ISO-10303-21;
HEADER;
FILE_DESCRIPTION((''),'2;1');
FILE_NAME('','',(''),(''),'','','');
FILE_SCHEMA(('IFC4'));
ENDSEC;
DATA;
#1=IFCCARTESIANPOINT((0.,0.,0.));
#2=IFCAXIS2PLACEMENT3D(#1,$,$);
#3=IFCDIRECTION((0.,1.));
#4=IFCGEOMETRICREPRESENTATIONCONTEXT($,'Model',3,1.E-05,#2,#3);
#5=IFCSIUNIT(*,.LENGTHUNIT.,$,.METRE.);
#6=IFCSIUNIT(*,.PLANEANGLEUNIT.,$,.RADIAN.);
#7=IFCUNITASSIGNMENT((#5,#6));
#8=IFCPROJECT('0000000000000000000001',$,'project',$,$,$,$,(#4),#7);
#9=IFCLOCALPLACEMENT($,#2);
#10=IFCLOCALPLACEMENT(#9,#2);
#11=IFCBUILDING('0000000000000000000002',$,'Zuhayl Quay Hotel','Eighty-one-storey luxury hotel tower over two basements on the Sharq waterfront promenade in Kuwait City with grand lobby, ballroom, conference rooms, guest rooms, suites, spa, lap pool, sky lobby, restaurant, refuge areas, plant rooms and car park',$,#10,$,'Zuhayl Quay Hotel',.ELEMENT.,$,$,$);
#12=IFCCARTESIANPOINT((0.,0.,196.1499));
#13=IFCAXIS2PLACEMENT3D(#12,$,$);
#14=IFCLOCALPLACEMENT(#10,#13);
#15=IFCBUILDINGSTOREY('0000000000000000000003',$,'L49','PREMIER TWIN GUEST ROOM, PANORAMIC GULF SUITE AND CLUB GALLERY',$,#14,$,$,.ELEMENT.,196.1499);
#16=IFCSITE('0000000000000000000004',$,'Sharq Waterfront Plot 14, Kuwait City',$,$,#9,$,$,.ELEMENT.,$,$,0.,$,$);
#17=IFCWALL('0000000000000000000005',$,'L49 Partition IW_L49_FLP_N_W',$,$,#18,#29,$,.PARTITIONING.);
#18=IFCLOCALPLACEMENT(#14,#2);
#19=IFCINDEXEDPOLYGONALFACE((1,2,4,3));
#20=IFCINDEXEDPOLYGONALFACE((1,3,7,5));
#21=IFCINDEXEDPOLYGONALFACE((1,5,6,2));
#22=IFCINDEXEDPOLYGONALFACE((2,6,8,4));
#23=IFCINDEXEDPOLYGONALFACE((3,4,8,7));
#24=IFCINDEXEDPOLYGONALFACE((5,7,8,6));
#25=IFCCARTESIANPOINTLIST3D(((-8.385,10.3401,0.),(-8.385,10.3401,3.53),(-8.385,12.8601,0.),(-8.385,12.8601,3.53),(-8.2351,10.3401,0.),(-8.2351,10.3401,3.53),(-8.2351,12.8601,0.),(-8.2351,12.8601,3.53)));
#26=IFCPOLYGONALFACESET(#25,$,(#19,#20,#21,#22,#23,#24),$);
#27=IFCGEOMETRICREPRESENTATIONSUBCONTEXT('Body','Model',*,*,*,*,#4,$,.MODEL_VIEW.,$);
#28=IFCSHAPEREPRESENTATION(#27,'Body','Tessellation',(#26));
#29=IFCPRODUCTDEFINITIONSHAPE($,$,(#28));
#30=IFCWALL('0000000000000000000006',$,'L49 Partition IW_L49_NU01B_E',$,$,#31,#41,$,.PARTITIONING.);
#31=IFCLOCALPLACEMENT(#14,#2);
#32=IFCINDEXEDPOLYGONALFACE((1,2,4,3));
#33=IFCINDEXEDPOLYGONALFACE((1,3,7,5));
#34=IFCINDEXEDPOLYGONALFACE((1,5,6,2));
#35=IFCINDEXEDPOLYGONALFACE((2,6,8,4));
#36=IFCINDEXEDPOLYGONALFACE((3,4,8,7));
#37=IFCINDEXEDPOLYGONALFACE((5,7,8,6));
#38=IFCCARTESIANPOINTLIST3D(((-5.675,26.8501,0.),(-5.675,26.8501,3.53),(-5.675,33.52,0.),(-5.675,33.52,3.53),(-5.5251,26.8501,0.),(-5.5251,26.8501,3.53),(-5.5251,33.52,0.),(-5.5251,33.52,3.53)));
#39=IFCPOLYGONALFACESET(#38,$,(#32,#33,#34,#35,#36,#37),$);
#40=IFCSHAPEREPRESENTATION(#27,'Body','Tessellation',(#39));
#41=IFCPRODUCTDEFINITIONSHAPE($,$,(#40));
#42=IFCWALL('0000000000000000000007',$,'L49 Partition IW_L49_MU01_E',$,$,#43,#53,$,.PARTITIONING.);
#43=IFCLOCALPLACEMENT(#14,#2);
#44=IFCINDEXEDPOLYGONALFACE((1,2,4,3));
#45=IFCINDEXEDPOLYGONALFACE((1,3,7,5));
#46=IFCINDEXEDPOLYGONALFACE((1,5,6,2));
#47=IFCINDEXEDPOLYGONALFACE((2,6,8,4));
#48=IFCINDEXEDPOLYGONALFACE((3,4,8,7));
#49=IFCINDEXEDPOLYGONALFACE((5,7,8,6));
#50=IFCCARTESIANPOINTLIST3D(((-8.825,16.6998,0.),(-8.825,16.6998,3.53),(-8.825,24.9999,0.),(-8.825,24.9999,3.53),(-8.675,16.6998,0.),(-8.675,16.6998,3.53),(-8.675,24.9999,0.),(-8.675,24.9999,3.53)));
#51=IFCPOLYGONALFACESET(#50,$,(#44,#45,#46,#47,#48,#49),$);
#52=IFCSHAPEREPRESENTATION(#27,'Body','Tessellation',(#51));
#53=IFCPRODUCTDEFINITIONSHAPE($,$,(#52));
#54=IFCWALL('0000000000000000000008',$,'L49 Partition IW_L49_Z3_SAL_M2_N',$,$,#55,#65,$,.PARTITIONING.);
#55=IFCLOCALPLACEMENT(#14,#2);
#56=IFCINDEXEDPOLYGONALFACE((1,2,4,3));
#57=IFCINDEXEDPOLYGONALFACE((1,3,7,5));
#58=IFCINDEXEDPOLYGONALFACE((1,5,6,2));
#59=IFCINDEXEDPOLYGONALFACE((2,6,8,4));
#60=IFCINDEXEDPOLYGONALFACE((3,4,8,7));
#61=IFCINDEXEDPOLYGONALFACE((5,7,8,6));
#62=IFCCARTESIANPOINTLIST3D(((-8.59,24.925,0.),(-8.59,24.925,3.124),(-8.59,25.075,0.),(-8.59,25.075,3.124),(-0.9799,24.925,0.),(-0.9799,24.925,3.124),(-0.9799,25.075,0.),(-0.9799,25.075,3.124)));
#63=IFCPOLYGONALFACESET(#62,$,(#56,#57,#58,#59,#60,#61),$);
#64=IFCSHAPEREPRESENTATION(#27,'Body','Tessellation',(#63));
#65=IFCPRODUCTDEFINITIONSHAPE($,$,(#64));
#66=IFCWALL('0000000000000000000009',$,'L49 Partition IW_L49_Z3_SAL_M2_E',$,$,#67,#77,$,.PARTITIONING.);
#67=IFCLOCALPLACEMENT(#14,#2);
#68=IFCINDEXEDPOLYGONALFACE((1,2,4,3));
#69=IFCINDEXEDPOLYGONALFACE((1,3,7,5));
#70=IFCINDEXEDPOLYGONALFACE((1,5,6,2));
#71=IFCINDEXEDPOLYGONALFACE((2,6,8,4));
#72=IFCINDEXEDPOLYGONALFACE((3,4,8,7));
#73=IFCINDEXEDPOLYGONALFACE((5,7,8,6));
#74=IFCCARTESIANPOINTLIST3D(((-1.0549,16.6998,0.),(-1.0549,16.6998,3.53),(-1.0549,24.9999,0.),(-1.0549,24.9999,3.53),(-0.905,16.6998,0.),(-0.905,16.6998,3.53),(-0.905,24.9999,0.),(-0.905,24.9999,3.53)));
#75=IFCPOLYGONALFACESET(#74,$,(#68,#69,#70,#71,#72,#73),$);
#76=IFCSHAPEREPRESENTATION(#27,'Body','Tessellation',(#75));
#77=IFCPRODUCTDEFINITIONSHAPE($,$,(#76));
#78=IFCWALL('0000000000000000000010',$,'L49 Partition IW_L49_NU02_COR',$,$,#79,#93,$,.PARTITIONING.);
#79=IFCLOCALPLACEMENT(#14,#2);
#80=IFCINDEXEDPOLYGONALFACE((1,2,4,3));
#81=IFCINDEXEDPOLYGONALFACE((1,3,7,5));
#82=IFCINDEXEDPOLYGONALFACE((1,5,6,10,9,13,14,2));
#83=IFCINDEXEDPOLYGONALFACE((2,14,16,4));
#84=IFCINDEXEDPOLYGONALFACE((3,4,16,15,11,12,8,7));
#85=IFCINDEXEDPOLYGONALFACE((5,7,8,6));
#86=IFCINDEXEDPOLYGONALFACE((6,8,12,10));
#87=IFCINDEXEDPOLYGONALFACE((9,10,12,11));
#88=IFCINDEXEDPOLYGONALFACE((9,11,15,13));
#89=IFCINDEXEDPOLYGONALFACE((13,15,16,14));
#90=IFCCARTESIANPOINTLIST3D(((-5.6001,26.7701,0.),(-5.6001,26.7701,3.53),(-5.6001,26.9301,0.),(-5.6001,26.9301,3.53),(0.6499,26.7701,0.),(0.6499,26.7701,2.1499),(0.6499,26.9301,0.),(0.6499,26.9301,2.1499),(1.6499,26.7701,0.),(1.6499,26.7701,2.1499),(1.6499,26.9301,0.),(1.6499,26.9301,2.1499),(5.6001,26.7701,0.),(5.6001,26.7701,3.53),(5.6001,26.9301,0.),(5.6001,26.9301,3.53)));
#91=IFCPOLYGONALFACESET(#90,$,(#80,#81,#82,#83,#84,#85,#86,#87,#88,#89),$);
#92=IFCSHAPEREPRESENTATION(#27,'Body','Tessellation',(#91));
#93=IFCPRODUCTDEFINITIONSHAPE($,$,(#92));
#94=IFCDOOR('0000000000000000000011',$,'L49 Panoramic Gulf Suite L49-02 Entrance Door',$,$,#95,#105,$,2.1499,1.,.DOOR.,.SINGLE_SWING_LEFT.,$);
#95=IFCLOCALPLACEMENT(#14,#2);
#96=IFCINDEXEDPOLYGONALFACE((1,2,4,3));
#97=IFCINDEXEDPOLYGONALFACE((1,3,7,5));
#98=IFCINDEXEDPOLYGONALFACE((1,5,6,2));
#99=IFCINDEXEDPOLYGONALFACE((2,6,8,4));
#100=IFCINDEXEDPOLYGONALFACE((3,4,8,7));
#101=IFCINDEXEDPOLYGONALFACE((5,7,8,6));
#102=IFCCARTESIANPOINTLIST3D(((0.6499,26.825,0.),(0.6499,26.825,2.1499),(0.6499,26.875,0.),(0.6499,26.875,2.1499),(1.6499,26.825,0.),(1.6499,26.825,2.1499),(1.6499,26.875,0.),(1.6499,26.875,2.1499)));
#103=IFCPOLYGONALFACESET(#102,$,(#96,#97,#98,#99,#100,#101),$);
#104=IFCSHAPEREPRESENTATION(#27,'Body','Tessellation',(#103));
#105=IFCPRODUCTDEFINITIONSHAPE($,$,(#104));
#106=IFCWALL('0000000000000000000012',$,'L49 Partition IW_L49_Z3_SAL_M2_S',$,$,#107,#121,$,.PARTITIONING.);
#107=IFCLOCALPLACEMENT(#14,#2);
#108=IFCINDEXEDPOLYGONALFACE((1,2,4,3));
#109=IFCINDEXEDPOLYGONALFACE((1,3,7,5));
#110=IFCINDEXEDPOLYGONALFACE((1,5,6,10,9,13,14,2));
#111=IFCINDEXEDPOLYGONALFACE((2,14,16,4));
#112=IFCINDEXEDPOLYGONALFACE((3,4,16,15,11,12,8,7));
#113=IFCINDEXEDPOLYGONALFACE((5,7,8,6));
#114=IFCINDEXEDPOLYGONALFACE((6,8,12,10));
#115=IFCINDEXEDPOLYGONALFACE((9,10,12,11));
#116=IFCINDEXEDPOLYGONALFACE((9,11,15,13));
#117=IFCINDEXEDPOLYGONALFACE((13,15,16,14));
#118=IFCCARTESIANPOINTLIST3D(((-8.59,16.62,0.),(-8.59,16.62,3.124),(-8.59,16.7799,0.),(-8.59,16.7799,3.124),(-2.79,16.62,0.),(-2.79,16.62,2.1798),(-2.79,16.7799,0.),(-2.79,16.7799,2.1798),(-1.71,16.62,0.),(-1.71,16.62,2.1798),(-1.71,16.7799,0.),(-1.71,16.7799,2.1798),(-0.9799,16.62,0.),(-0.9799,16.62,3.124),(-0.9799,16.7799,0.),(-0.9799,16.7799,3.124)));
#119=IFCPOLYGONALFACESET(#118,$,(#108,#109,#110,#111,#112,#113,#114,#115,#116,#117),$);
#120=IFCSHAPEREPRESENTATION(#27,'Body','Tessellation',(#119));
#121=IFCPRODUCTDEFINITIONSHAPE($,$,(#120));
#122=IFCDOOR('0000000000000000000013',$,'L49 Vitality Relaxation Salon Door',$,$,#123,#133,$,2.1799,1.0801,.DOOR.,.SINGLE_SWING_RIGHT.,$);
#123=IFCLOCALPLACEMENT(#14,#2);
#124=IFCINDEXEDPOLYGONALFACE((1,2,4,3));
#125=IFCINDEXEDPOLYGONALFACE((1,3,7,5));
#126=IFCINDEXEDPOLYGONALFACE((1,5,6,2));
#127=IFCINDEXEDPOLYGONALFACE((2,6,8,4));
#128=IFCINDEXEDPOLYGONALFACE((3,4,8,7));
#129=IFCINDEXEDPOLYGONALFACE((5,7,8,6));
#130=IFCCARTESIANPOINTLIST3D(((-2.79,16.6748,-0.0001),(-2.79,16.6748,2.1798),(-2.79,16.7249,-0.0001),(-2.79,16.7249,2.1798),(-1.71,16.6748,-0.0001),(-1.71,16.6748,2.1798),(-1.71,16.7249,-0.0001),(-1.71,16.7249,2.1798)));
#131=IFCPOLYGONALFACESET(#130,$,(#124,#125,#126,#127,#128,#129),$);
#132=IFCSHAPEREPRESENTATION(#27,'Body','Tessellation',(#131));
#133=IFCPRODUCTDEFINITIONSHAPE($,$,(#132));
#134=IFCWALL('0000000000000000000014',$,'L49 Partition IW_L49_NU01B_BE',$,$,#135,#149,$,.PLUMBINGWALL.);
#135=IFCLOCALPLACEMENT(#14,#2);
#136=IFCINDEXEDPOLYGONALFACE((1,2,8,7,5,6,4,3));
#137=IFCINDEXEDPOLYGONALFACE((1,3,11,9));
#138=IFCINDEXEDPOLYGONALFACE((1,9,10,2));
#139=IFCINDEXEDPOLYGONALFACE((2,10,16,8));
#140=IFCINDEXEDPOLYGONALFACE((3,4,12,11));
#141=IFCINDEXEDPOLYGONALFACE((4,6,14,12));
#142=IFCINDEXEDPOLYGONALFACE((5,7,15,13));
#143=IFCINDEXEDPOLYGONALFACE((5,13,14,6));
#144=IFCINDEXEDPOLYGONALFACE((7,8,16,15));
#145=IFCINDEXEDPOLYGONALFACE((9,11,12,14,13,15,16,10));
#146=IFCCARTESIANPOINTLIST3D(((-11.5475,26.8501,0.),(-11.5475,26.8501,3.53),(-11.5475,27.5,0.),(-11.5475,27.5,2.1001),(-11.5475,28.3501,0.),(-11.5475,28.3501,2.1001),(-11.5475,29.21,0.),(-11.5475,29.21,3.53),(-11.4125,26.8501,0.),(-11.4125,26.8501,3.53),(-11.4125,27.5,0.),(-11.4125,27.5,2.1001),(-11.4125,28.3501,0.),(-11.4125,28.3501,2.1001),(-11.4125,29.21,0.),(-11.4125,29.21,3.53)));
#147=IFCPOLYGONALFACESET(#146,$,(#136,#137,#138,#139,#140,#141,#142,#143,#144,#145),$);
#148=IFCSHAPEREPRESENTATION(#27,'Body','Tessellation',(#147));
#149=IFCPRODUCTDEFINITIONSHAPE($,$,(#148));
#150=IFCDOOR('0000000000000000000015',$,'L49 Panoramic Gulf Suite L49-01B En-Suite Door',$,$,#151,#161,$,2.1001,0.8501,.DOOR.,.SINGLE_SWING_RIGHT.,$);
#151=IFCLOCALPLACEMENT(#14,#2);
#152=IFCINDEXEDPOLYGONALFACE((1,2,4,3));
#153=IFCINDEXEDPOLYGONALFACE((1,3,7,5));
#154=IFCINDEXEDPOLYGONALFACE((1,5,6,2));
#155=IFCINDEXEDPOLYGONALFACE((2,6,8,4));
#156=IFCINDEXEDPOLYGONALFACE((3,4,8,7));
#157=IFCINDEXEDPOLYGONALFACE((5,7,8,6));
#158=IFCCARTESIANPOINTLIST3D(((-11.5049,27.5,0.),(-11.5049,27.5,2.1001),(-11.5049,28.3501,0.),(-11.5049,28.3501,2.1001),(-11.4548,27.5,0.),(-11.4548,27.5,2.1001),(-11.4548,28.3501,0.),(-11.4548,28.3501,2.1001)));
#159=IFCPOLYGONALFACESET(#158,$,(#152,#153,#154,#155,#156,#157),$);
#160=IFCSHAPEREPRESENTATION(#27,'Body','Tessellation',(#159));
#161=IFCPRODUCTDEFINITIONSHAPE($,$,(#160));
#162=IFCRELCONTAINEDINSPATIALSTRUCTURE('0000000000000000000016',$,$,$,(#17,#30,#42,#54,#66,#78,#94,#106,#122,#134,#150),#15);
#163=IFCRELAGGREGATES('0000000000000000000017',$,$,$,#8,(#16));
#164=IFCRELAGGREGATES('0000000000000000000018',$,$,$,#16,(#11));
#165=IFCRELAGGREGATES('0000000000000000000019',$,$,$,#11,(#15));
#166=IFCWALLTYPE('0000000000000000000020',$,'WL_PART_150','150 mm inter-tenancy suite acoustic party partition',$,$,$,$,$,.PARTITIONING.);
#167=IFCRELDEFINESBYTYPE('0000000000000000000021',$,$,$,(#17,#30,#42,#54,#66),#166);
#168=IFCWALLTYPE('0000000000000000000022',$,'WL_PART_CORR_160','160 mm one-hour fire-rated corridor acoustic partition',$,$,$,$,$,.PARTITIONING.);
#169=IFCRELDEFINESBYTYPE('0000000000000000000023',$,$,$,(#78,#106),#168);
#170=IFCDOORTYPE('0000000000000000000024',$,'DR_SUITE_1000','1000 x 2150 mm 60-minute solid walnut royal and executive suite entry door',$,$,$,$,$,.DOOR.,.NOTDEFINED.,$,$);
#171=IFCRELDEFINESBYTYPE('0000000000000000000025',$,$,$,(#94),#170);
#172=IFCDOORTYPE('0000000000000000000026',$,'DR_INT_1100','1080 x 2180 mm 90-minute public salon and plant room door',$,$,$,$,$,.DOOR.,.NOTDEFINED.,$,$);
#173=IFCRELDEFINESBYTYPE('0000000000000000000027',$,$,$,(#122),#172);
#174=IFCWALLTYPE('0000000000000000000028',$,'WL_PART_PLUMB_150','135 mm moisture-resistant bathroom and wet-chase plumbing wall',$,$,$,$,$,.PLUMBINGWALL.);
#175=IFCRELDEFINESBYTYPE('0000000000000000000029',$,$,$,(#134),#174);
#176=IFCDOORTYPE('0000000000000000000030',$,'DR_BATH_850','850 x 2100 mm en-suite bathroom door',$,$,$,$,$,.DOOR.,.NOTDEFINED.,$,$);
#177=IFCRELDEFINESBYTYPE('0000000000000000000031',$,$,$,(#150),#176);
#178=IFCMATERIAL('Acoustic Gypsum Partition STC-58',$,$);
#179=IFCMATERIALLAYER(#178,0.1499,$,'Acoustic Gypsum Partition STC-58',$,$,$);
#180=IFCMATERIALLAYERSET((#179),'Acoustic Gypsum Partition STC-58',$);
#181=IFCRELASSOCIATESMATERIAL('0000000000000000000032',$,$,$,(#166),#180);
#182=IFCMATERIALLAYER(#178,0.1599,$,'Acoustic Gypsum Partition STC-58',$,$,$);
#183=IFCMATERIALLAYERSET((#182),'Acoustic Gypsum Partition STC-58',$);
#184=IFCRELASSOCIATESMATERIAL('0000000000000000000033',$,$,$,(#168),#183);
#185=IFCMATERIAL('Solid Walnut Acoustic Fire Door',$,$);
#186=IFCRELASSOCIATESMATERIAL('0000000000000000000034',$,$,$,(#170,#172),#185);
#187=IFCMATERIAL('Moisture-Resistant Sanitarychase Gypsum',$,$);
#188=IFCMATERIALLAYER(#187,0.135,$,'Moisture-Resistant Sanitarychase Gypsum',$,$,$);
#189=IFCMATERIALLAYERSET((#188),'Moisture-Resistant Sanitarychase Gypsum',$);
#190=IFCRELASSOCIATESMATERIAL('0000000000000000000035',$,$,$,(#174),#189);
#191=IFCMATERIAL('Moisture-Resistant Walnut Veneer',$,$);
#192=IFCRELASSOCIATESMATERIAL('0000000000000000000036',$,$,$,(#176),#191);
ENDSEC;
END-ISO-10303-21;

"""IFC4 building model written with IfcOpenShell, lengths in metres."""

from ifc_helpers import new_model, si_unit, direction, frame, frame_2d, origin, place, context, subcontext, project, spatial, rectangle, extrude, material, layer, layer_set, type_object, element, fill, save


model = new_model("IFC4")

# Units and contexts
model_context = context("Model", 3, precision=1e-05, world=origin(), true_north=direction((0.0, 1.0)))
body_context = subcontext(model_context, "Body", "Model", "MODEL_VIEW")
ifc_project = project(units=[si_unit("LENGTHUNIT", "METRE"), si_unit("PLANEANGLEUNIT", "RADIAN")], contexts=[model_context])

# Site, building, storey
site_placement = place(None, origin())
site = spatial("IfcSite", under=ifc_project, at=site_placement, Name="Sharq Waterfront Plot 14, Kuwait City", CompositionType="ELEMENT", RefElevation=0.0)
building_placement = place(site_placement, origin())
building = spatial("IfcBuilding", under=site, at=building_placement, Name="Zuhayl Quay Hotel", Description="Eighty-one-storey luxury hotel tower over two basements on the Sharq waterfront promenade in Kuwait City with grand lobby, ballroom, conference rooms, guest rooms, suites, spa, lap pool, sky lobby, restaurant, refuge areas, plant rooms and car park", LongName="Zuhayl Quay Hotel", CompositionType="ELEMENT")
storey_placement = place(building_placement, frame((0.0, 0.0, 196.1499)))
storey = spatial("IfcBuildingStorey", under=building, at=storey_placement, Name="L49", Description="PREMIER TWIN GUEST ROOM, PANORAMIC GULF SUITE AND CLUB GALLERY", CompositionType="ELEMENT", Elevation=196.1499)

# Shared definitions
ifc_material_1 = material(Name="Acoustic Gypsum Partition STC-58")
ifc_layer_1 = layer(ifc_material_1, 0.1499, Name="Acoustic Gypsum Partition STC-58")
ifc_layer_set_1 = layer_set([ifc_layer_1], Name="Acoustic Gypsum Partition STC-58")
wall_type_1 = type_object("IfcWallType", Name="WL_PART_150", Description="150 mm inter-tenancy suite acoustic party partition", PredefinedType="PARTITIONING", material=ifc_layer_set_1)

# Walls
wall_1_placement = place(storey_placement, frame((-8.3101, 10.3401, 0.0), z_axis=(0.0, 0.0, 1.0), x_axis=(0.0, 1.0, 0.0)))
element("IfcWall", 1, at=wall_1_placement, inside=storey, type_object=wall_type_1, Name="L49 Partition IW_L49_FLP_N_W", PredefinedType="PARTITIONING", context=body_context, shape_type="SweptSolid", body=[
    extrude(rectangle(XDim=2.52, YDim=0.1499, at=frame_2d((1.26, 0.0))), origin(), (0.0, 0.0, 1.0), 3.53),
])
wall_2_placement = place(storey_placement, frame((-5.6001, 26.8501, 0.0), z_axis=(0.0, 0.0, 1.0), x_axis=(0.0, 1.0, 0.0)))
element("IfcWall", 2, at=wall_2_placement, inside=storey, type_object=wall_type_1, Name="L49 Partition IW_L49_NU01B_E", PredefinedType="PARTITIONING", context=body_context, shape_type="SweptSolid", body=[
    extrude(rectangle(XDim=6.6699, YDim=0.1499, at=frame_2d((3.335, 0.0))), origin(), (0.0, 0.0, 1.0), 3.53),
])
wall_3_placement = place(storey_placement, frame((-8.75, 16.7, 0.0), z_axis=(0.0, 0.0, 1.0), x_axis=(0.0, 1.0, 0.0)))
element("IfcWall", 3, at=wall_3_placement, inside=storey, type_object=wall_type_1, Name="L49 Partition IW_L49_MU01_E", PredefinedType="PARTITIONING", context=body_context, shape_type="SweptSolid", body=[
    extrude(rectangle(XDim=8.3, YDim=0.1499, at=frame_2d((4.1499, 0.0))), origin(), (0.0, 0.0, 1.0), 3.53),
])
wall_4_placement = place(storey_placement, frame((-8.5901, 25.0, 0.0), z_axis=(0.0, 0.0, 1.0), x_axis=(1.0, 0.0, 0.0)))
element("IfcWall", 4, at=wall_4_placement, inside=storey, type_object=wall_type_1, Name="L49 Partition IW_L49_Z3_SAL_M2_N", PredefinedType="PARTITIONING", context=body_context, shape_type="SweptSolid", body=[
    extrude(rectangle(XDim=7.6101, YDim=0.1499, at=frame_2d((3.8052, 0.0))), origin(), (0.0, 0.0, 1.0), 3.124),
])
wall_5_placement = place(storey_placement, frame((-0.98, 16.7, 0.0), z_axis=(0.0, 0.0, 1.0), x_axis=(0.0, 1.0, 0.0)))
element("IfcWall", 5, at=wall_5_placement, inside=storey, type_object=wall_type_1, Name="L49 Partition IW_L49_Z3_SAL_M2_E", PredefinedType="PARTITIONING", context=body_context, shape_type="SweptSolid", body=[
    extrude(rectangle(XDim=8.3, YDim=0.1499, at=frame_2d((4.1499, 0.0))), origin(), (0.0, 0.0, 1.0), 3.53),
])

# Walls, openings, doors
ifc_layer_2 = layer(ifc_material_1, 0.1599, Name="Acoustic Gypsum Partition STC-58")
ifc_layer_set_2 = layer_set([ifc_layer_2], Name="Acoustic Gypsum Partition STC-58")
wall_type_2 = type_object("IfcWallType", Name="WL_PART_CORR_160", Description="160 mm one-hour fire-rated corridor acoustic partition", PredefinedType="PARTITIONING", material=ifc_layer_set_2)
wall_6_placement = place(storey_placement, frame((-5.6001, 26.8501, 0.0), z_axis=(0.0, 0.0, 1.0), x_axis=(1.0, 0.0, 0.0)))
wall_6 = element("IfcWall", 6, at=wall_6_placement, inside=storey, type_object=wall_type_2, Name="L49 Partition IW_L49_NU02_COR", PredefinedType="PARTITIONING", context=body_context, shape_type="SweptSolid", body=[
    extrude(rectangle(XDim=11.2002, YDim=0.1599, at=frame_2d((5.6001, 0.0))), origin(), (0.0, 0.0, 1.0), 3.53),
])
opening_1_placement = place(wall_6_placement, frame((6.25, 0.0, 0.0)))
opening_1 = element("IfcOpeningElement", 7, at=opening_1_placement, cuts=wall_6, PredefinedType="OPENING", context=body_context, shape_type="SweptSolid", body=[
    extrude(rectangle(XDim=1.0, YDim=2.1499, at=frame_2d((0.5, 1.075))), frame((0.0, 0.0898, 0.0), z_axis=(0.0, -1.0, 0.0), x_axis=(1.0, 0.0, 0.0)), (0.0, 0.0, 1.0), 0.1799),
])
ifc_material_2 = material(Name="Solid Walnut Acoustic Fire Door")
door_type_1 = type_object("IfcDoorType", Name="DR_SUITE_1000", Description="1000 x 2150 mm 60-minute solid walnut royal and executive suite entry door", OperationType="NOTDEFINED", PredefinedType="DOOR", material=ifc_material_2)
door_1_placement = place(opening_1_placement, origin())
door_1 = element("IfcDoor", 8, at=door_1_placement, inside=storey, type_object=door_type_1, Name="L49 Panoramic Gulf Suite L49-02 Entrance Door", OperationType="SINGLE_SWING_LEFT", OverallHeight=2.1499, OverallWidth=1.0, PredefinedType="DOOR", context=body_context, shape_type="SweptSolid", body=[
    extrude(rectangle(XDim=1.0, YDim=2.1499, at=frame_2d((0.5, 1.075))), frame((0.0, 0.0249, 0.0), z_axis=(0.0, -1.0, 0.0), x_axis=(1.0, 0.0, 0.0)), (0.0, 0.0, 1.0), 0.05),
])
fill(opening_1, door_1)
wall_7_placement = place(storey_placement, frame((-8.5901, 16.7, 0.0), z_axis=(0.0, 0.0, 1.0), x_axis=(1.0, 0.0, 0.0)))
wall_7 = element("IfcWall", 9, at=wall_7_placement, inside=storey, type_object=wall_type_2, Name="L49 Partition IW_L49_Z3_SAL_M2_S", PredefinedType="PARTITIONING", context=body_context, shape_type="SweptSolid", body=[
    extrude(rectangle(XDim=7.6101, YDim=0.1599, at=frame_2d((3.8052, 0.0))), origin(), (0.0, 0.0, 1.0), 3.124),
])
opening_2_placement = place(wall_7_placement, frame((5.8, 0.0, 0.0)))
opening_2 = element("IfcOpeningElement", 10, at=opening_2_placement, cuts=wall_7, PredefinedType="OPENING", context=body_context, shape_type="SweptSolid", body=[
    extrude(rectangle(XDim=1.0801, YDim=2.1799, at=frame_2d((0.54, 1.0898))), frame((0.0, 0.0898, 0.0), z_axis=(0.0, -1.0, 0.0), x_axis=(1.0, 0.0, 0.0)), (0.0, 0.0, 1.0), 0.1799),
])
door_type_2 = type_object("IfcDoorType", Name="DR_INT_1100", Description="1080 x 2180 mm 90-minute public salon and plant room door", OperationType="NOTDEFINED", PredefinedType="DOOR", material=ifc_material_2)
door_2_placement = place(opening_2_placement, origin())
door_2 = element("IfcDoor", 11, at=door_2_placement, inside=storey, type_object=door_type_2, Name="L49 Vitality Relaxation Salon Door", OperationType="SINGLE_SWING_RIGHT", OverallHeight=2.1799, OverallWidth=1.0801, PredefinedType="DOOR", context=body_context, shape_type="SweptSolid", body=[
    extrude(rectangle(XDim=1.0801, YDim=2.1799, at=frame_2d((0.54, 1.0898))), frame((0.0, 0.0249, 0.0), z_axis=(0.0, -1.0, 0.0), x_axis=(1.0, 0.0, 0.0)), (0.0, 0.0, 1.0), 0.05),
])
fill(opening_2, door_2)
ifc_material_3 = material(Name="Moisture-Resistant Sanitarychase Gypsum")
ifc_layer_3 = layer(ifc_material_3, 0.135, Name="Moisture-Resistant Sanitarychase Gypsum")
ifc_layer_set_3 = layer_set([ifc_layer_3], Name="Moisture-Resistant Sanitarychase Gypsum")
wall_type_3 = type_object("IfcWallType", Name="WL_PART_PLUMB_150", Description="135 mm moisture-resistant bathroom and wet-chase plumbing wall", PredefinedType="PLUMBINGWALL", material=ifc_layer_set_3)
wall_8_placement = place(storey_placement, frame((-11.48, 26.8501, 0.0), z_axis=(0.0, 0.0, 1.0), x_axis=(0.0, 1.0, 0.0)))
wall_8 = element("IfcWall", 12, at=wall_8_placement, inside=storey, type_object=wall_type_3, Name="L49 Partition IW_L49_NU01B_BE", PredefinedType="PLUMBINGWALL", context=body_context, shape_type="SweptSolid", body=[
    extrude(rectangle(XDim=2.3599, YDim=0.135, at=frame_2d((1.1799, 0.0))), origin(), (0.0, 0.0, 1.0), 3.53),
])
opening_3_placement = place(wall_8_placement, frame((0.6499, 0.0, 0.0)))
opening_3 = element("IfcOpeningElement", 13, at=opening_3_placement, cuts=wall_8, PredefinedType="OPENING", context=body_context, shape_type="SweptSolid", body=[
    extrude(rectangle(XDim=0.8501, YDim=2.1001, at=frame_2d((0.425, 1.05))), frame((0.0, 0.0774, 0.0), z_axis=(0.0, -1.0, 0.0), x_axis=(1.0, 0.0, 0.0)), (0.0, 0.0, 1.0), 0.155),
])
ifc_material_4 = material(Name="Moisture-Resistant Walnut Veneer")
door_type_3 = type_object("IfcDoorType", Name="DR_BATH_850", Description="850 x 2100 mm en-suite bathroom door", OperationType="NOTDEFINED", PredefinedType="DOOR", material=ifc_material_4)
door_3_placement = place(opening_3_placement, origin())
door_3 = element("IfcDoor", 14, at=door_3_placement, inside=storey, type_object=door_type_3, Name="L49 Panoramic Gulf Suite L49-01B En-Suite Door", OperationType="SINGLE_SWING_RIGHT", OverallHeight=2.1001, OverallWidth=0.8501, PredefinedType="DOOR", context=body_context, shape_type="SweptSolid", body=[
    extrude(rectangle(XDim=0.8501, YDim=2.1001, at=frame_2d((0.425, 1.05))), frame((0.0, 0.0249, 0.0), z_axis=(0.0, -1.0, 0.0), x_axis=(1.0, 0.0, 0.0)), (0.0, 0.0, 1.0), 0.05),
])
fill(opening_3, door_3)

save(model, "model.ifc")
